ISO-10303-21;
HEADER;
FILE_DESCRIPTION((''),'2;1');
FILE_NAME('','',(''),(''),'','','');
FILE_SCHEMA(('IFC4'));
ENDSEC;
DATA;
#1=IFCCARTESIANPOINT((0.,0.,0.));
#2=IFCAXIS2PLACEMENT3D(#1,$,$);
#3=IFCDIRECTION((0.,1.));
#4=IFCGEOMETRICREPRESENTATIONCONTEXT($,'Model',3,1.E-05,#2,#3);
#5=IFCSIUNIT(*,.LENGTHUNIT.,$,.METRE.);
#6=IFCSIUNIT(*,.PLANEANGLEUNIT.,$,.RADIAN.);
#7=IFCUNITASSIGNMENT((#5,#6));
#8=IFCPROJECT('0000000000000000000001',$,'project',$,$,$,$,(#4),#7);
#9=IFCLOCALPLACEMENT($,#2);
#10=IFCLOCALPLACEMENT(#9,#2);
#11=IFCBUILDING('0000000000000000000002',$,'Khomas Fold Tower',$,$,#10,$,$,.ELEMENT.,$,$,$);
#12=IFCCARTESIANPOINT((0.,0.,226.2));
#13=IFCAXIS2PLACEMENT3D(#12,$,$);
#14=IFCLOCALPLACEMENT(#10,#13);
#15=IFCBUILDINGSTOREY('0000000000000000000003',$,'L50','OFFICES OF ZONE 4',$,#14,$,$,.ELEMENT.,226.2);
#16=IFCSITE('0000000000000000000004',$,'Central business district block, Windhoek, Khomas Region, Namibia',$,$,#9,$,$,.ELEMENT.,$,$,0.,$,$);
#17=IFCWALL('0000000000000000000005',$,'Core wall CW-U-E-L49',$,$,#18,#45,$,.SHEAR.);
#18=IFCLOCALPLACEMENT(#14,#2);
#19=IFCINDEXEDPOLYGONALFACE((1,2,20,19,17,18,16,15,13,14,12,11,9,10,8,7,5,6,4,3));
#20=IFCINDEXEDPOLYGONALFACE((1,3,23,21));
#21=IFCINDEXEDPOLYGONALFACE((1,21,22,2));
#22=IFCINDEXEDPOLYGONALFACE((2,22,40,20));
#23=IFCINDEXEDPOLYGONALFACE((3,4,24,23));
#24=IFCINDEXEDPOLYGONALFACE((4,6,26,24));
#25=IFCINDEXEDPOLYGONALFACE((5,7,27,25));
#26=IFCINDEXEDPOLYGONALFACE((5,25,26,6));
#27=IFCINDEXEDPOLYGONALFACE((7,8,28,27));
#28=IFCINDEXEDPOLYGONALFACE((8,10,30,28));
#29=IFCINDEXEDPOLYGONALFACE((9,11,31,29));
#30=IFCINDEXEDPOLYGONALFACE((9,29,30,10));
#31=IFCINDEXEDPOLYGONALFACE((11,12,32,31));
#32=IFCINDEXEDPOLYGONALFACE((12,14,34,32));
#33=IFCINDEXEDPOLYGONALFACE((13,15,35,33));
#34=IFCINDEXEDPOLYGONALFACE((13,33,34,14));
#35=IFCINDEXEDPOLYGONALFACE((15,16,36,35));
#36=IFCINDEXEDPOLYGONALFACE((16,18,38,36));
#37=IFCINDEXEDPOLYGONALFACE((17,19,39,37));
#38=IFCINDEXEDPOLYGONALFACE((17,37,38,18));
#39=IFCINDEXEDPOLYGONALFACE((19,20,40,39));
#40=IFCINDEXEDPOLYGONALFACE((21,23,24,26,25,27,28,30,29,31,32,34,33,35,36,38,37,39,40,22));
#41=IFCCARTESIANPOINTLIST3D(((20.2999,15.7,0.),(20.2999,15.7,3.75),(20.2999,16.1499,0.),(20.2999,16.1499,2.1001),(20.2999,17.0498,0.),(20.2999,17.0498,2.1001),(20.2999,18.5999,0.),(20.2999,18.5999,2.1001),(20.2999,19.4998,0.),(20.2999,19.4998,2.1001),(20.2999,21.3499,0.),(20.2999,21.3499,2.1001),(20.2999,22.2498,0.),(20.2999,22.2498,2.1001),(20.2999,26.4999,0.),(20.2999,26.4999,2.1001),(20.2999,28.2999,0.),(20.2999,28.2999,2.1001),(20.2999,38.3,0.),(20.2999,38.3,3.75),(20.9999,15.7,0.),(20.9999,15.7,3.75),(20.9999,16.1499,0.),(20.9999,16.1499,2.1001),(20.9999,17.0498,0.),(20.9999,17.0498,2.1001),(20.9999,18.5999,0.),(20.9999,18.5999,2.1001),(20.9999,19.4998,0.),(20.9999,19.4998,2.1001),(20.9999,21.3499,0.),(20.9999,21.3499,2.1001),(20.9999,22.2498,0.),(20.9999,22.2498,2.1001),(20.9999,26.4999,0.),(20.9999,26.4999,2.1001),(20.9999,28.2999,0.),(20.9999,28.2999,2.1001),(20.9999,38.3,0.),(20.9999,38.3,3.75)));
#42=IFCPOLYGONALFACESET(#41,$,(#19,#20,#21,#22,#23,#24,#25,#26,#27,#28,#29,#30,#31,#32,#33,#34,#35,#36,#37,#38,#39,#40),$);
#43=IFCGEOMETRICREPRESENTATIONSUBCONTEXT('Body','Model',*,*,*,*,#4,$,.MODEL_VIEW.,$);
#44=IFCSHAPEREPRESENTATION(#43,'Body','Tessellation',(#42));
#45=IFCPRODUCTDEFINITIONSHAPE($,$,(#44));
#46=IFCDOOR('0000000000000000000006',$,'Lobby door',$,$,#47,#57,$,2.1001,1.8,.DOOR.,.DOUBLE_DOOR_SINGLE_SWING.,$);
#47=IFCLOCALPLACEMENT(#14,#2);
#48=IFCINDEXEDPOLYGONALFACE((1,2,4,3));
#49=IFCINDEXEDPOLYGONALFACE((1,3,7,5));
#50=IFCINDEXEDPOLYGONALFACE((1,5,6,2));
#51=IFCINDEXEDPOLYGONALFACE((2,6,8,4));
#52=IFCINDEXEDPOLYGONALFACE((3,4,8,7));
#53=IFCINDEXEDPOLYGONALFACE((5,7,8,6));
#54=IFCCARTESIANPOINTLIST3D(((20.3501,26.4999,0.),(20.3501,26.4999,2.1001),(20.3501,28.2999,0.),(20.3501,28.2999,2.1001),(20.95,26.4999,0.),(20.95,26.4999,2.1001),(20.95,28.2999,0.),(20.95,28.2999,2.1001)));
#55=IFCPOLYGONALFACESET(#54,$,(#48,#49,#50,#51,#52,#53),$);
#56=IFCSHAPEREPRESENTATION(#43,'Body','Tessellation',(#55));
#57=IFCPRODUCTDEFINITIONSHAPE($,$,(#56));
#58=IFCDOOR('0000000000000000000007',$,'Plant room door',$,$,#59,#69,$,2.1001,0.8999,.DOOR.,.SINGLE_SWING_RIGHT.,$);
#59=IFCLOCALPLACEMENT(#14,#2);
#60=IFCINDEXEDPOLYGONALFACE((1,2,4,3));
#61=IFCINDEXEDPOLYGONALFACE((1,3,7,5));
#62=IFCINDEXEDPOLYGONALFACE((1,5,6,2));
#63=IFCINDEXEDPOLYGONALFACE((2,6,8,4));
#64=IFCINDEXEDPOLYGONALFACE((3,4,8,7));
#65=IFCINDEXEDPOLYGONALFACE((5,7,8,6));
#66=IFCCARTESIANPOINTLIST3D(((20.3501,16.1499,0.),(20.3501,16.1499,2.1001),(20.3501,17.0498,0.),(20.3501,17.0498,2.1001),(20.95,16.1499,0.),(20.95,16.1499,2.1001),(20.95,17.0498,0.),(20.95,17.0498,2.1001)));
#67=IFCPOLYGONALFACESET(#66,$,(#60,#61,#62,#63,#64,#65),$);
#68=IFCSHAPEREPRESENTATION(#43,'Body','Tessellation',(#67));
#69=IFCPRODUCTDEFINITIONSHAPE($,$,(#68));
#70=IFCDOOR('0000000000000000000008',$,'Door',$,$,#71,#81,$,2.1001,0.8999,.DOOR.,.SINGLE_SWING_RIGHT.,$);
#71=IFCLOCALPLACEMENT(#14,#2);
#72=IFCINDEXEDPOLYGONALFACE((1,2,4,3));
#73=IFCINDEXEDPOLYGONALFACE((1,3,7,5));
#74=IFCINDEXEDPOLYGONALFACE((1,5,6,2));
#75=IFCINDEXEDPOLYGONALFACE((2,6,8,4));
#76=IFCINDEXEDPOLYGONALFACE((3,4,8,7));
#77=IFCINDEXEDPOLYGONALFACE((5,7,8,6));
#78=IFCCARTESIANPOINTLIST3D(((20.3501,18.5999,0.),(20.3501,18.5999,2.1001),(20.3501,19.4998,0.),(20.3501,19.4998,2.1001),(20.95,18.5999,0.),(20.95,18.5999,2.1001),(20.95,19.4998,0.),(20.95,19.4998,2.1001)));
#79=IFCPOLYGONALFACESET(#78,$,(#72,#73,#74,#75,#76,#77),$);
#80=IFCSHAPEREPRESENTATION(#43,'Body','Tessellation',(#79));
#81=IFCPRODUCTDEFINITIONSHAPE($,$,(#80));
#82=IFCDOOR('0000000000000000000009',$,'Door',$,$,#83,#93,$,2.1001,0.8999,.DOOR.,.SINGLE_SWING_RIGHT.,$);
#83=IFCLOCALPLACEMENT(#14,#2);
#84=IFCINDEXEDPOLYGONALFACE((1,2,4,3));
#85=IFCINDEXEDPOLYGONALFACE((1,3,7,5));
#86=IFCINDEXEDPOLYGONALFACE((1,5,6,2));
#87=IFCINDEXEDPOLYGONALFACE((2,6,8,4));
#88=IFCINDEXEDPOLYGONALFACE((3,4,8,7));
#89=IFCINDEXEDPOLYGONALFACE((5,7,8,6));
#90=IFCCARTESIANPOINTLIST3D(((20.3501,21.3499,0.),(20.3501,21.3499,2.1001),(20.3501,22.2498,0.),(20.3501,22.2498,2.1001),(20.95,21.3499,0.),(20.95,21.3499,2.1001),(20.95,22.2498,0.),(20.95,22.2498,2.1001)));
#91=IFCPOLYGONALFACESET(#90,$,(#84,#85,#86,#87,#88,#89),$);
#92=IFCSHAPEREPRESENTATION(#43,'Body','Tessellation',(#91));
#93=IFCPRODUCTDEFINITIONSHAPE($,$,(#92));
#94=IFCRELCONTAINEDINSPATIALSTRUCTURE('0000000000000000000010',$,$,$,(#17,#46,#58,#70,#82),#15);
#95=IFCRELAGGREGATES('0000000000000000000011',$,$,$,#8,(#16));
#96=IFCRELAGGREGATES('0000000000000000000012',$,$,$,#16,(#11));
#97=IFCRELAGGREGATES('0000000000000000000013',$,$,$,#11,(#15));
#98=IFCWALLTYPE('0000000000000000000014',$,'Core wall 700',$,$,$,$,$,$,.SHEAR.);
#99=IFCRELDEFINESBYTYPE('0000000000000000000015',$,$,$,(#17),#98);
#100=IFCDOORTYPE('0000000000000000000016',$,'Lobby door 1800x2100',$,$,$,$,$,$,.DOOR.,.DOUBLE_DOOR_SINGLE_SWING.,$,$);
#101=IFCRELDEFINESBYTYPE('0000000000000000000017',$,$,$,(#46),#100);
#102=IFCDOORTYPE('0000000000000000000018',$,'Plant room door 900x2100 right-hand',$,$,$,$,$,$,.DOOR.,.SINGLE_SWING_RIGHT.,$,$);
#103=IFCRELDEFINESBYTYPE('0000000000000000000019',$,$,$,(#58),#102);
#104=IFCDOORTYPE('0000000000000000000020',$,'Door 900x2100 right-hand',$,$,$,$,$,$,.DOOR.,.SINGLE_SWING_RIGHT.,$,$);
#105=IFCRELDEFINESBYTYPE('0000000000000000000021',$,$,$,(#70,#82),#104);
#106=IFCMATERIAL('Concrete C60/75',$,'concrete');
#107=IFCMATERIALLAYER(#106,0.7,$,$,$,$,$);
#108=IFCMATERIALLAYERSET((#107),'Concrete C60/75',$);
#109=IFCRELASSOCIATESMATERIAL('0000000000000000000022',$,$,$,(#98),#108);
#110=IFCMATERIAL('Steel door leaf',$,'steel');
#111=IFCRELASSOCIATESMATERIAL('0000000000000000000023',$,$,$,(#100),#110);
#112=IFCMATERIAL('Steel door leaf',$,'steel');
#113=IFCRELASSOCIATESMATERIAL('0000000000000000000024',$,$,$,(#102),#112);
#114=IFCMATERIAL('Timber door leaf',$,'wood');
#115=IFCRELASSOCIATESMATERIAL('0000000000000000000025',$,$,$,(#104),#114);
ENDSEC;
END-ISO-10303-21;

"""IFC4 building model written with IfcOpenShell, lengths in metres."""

from ifc_helpers import new_model, si_unit, direction, frame, frame_2d, origin, place, context, subcontext, project, spatial, rectangle, extrude, source, transform, mapped, material, layer, layer_set, type_object, element, fill, save


model = new_model("IFC4")

# Units and contexts
model_context = context("Model", 3, precision=1e-05, world=origin(), true_north=direction((0.0, 1.0)))
body_context = subcontext(model_context, "Body", "Model", "MODEL_VIEW")
ifc_project = project(units=[si_unit("LENGTHUNIT", "METRE"), si_unit("PLANEANGLEUNIT", "RADIAN")], contexts=[model_context])

# Site, building, storey
site_placement = place(None, origin())
site = spatial("IfcSite", under=ifc_project, at=site_placement, Name="Central business district block, Windhoek, Khomas Region, Namibia", CompositionType="ELEMENT", RefElevation=0.0)
building_placement = place(site_placement, origin())
building = spatial("IfcBuilding", under=site, at=building_placement, Name="Khomas Fold Tower", CompositionType="ELEMENT")
storey_placement = place(building_placement, frame((0.0, 0.0, 226.2)))
storey = spatial("IfcBuildingStorey", under=building, at=storey_placement, Name="L50", Description="OFFICES OF ZONE 4", CompositionType="ELEMENT", Elevation=226.2)

# Wall, openings, doors
ifc_material_1 = material(Name="Concrete C60/75", Category="concrete")
ifc_layer_1 = layer(ifc_material_1, 0.7)
ifc_layer_set_1 = layer_set([ifc_layer_1], Name="Concrete C60/75")
wall_type_1 = type_object("IfcWallType", Name="Core wall 700", PredefinedType="SHEAR", material=ifc_layer_set_1)
shared_shape_1 = source(origin(), body_context, "Body", "SweptSolid", [
    extrude(rectangle(XDim=22.6001, YDim=0.7, at=frame_2d((11.3, 0.0))), origin(), (0.0, 0.0, 1.0), 3.75),
])
wall_1_placement = place(storey_placement, frame((20.6499, 15.7, 0.0), z_axis=(0.0, 0.0, 1.0), x_axis=(0.0, 1.0, 0.0)))
wall_1 = element("IfcWall", 1, at=wall_1_placement, inside=storey, type_object=wall_type_1, Name="Core wall CW-U-E-L49", PredefinedType="SHEAR", context=body_context, shape_type="MappedRepresentation", body=[
    mapped(shared_shape_1, transform((0.0, 0.0, 0.0))),
])
shared_shape_2 = source(origin(), body_context, "Body", "SweptSolid", [
    extrude(rectangle(XDim=1.8, YDim=2.1001, at=frame_2d((0.8999, 1.05))), frame((0.0, 0.3599, 0.0), z_axis=(0.0, -1.0, 0.0), x_axis=(1.0, 0.0, 0.0)), (0.0, 0.0, 1.0), 0.72),
])
opening_1_placement = place(wall_1_placement, frame((10.8, 0.0, 0.0)))
opening_1 = element("IfcOpeningElement", 2, at=opening_1_placement, cuts=wall_1, PredefinedType="OPENING", context=body_context, shape_type="MappedRepresentation", body=[
    mapped(shared_shape_2, transform((0.0, 0.0, 0.0))),
])
shared_shape_3 = source(origin(), body_context, "Body", "SweptSolid", [
    extrude(rectangle(XDim=0.8999, YDim=2.1001, at=frame_2d((0.45, 1.05))), frame((0.0, 0.3599, 0.0), z_axis=(0.0, -1.0, 0.0), x_axis=(1.0, 0.0, 0.0)), (0.0, 0.0, 1.0), 0.72),
])
opening_2_placement = place(wall_1_placement, frame((0.45, 0.0, 0.0)))
opening_2 = element("IfcOpeningElement", 3, at=opening_2_placement, cuts=wall_1, PredefinedType="OPENING", context=body_context, shape_type="MappedRepresentation", body=[
    mapped(shared_shape_3, transform((0.0, 0.0, 0.0))),
])
opening_3_placement = place(wall_1_placement, frame((2.8999, 0.0, 0.0)))
opening_3 = element("IfcOpeningElement", 4, at=opening_3_placement, cuts=wall_1, PredefinedType="OPENING", context=body_context, shape_type="MappedRepresentation", body=[
    mapped(shared_shape_3, transform((0.0, 0.0, 0.0))),
])
opening_4_placement = place(wall_1_placement, frame((5.6499, 0.0, 0.0)))
opening_4 = element("IfcOpeningElement", 5, at=opening_4_placement, cuts=wall_1, PredefinedType="OPENING", context=body_context, shape_type="MappedRepresentation", body=[
    mapped(shared_shape_3, transform((0.0, 0.0, 0.0))),
])
ifc_material_2 = material(Name="Steel door leaf", Category="steel")
door_type_1 = type_object("IfcDoorType", Name="Lobby door 1800x2100", OperationType="DOUBLE_DOOR_SINGLE_SWING", PredefinedType="DOOR", material=ifc_material_2)
shared_shape_4 = source(origin(), body_context, "Body", "SweptSolid", [
    extrude(rectangle(XDim=1.8, YDim=2.1001, at=frame_2d((0.8999, 1.05))), frame((0.0, 0.2998, 0.0), z_axis=(0.0, -1.0, 0.0), x_axis=(1.0, 0.0, 0.0)), (0.0, 0.0, 1.0), 0.5999),
])
door_1_placement = place(opening_1_placement, origin())
door_1 = element("IfcDoor", 6, at=door_1_placement, inside=storey, type_object=door_type_1, Name="Lobby door", OperationType="DOUBLE_DOOR_SINGLE_SWING", OverallHeight=2.1001, OverallWidth=1.8, PredefinedType="DOOR", context=body_context, shape_type="MappedRepresentation", body=[
    mapped(shared_shape_4, transform((0.0, 0.0, 0.0))),
])
fill(opening_1, door_1)
ifc_material_3 = material(Name="Steel door leaf", Category="steel")
door_type_2 = type_object("IfcDoorType", Name="Plant room door 900x2100 right-hand", OperationType="SINGLE_SWING_RIGHT", PredefinedType="DOOR", material=ifc_material_3)
shared_shape_5 = source(origin(), body_context, "Body", "SweptSolid", [
    extrude(rectangle(XDim=0.8999, YDim=2.1001, at=frame_2d((0.45, 1.05))), frame((0.0, 0.2998, 0.0), z_axis=(0.0, -1.0, 0.0), x_axis=(1.0, 0.0, 0.0)), (0.0, 0.0, 1.0), 0.5999),
])
door_2_placement = place(opening_2_placement, origin())
door_2 = element("IfcDoor", 7, at=door_2_placement, inside=storey, type_object=door_type_2, Name="Plant room door", OperationType="SINGLE_SWING_RIGHT", OverallHeight=2.1001, OverallWidth=0.8999, PredefinedType="DOOR", context=body_context, shape_type="MappedRepresentation", body=[
    mapped(shared_shape_5, transform((0.0, 0.0, 0.0))),
])
fill(opening_2, door_2)
ifc_material_4 = material(Name="Timber door leaf", Category="wood")
door_type_3 = type_object("IfcDoorType", Name="Door 900x2100 right-hand", OperationType="SINGLE_SWING_RIGHT", PredefinedType="DOOR", material=ifc_material_4)
door_3_placement = place(opening_3_placement, origin())
door_3 = element("IfcDoor", 8, at=door_3_placement, inside=storey, type_object=door_type_3, Name="Door", OperationType="SINGLE_SWING_RIGHT", OverallHeight=2.1001, OverallWidth=0.8999, PredefinedType="DOOR", context=body_context, shape_type="MappedRepresentation", body=[
    mapped(shared_shape_5, transform((0.0, 0.0, 0.0))),
])
fill(opening_3, door_3)
door_4_placement = place(opening_4_placement, origin())
door_4 = element("IfcDoor", 9, at=door_4_placement, inside=storey, type_object=door_type_3, Name="Door", OperationType="SINGLE_SWING_RIGHT", OverallHeight=2.1001, OverallWidth=0.8999, PredefinedType="DOOR", context=body_context, shape_type="MappedRepresentation", body=[
    mapped(shared_shape_5, transform((0.0, 0.0, 0.0))),
])
fill(opening_4, door_4)

save(model, "model.ifc")
